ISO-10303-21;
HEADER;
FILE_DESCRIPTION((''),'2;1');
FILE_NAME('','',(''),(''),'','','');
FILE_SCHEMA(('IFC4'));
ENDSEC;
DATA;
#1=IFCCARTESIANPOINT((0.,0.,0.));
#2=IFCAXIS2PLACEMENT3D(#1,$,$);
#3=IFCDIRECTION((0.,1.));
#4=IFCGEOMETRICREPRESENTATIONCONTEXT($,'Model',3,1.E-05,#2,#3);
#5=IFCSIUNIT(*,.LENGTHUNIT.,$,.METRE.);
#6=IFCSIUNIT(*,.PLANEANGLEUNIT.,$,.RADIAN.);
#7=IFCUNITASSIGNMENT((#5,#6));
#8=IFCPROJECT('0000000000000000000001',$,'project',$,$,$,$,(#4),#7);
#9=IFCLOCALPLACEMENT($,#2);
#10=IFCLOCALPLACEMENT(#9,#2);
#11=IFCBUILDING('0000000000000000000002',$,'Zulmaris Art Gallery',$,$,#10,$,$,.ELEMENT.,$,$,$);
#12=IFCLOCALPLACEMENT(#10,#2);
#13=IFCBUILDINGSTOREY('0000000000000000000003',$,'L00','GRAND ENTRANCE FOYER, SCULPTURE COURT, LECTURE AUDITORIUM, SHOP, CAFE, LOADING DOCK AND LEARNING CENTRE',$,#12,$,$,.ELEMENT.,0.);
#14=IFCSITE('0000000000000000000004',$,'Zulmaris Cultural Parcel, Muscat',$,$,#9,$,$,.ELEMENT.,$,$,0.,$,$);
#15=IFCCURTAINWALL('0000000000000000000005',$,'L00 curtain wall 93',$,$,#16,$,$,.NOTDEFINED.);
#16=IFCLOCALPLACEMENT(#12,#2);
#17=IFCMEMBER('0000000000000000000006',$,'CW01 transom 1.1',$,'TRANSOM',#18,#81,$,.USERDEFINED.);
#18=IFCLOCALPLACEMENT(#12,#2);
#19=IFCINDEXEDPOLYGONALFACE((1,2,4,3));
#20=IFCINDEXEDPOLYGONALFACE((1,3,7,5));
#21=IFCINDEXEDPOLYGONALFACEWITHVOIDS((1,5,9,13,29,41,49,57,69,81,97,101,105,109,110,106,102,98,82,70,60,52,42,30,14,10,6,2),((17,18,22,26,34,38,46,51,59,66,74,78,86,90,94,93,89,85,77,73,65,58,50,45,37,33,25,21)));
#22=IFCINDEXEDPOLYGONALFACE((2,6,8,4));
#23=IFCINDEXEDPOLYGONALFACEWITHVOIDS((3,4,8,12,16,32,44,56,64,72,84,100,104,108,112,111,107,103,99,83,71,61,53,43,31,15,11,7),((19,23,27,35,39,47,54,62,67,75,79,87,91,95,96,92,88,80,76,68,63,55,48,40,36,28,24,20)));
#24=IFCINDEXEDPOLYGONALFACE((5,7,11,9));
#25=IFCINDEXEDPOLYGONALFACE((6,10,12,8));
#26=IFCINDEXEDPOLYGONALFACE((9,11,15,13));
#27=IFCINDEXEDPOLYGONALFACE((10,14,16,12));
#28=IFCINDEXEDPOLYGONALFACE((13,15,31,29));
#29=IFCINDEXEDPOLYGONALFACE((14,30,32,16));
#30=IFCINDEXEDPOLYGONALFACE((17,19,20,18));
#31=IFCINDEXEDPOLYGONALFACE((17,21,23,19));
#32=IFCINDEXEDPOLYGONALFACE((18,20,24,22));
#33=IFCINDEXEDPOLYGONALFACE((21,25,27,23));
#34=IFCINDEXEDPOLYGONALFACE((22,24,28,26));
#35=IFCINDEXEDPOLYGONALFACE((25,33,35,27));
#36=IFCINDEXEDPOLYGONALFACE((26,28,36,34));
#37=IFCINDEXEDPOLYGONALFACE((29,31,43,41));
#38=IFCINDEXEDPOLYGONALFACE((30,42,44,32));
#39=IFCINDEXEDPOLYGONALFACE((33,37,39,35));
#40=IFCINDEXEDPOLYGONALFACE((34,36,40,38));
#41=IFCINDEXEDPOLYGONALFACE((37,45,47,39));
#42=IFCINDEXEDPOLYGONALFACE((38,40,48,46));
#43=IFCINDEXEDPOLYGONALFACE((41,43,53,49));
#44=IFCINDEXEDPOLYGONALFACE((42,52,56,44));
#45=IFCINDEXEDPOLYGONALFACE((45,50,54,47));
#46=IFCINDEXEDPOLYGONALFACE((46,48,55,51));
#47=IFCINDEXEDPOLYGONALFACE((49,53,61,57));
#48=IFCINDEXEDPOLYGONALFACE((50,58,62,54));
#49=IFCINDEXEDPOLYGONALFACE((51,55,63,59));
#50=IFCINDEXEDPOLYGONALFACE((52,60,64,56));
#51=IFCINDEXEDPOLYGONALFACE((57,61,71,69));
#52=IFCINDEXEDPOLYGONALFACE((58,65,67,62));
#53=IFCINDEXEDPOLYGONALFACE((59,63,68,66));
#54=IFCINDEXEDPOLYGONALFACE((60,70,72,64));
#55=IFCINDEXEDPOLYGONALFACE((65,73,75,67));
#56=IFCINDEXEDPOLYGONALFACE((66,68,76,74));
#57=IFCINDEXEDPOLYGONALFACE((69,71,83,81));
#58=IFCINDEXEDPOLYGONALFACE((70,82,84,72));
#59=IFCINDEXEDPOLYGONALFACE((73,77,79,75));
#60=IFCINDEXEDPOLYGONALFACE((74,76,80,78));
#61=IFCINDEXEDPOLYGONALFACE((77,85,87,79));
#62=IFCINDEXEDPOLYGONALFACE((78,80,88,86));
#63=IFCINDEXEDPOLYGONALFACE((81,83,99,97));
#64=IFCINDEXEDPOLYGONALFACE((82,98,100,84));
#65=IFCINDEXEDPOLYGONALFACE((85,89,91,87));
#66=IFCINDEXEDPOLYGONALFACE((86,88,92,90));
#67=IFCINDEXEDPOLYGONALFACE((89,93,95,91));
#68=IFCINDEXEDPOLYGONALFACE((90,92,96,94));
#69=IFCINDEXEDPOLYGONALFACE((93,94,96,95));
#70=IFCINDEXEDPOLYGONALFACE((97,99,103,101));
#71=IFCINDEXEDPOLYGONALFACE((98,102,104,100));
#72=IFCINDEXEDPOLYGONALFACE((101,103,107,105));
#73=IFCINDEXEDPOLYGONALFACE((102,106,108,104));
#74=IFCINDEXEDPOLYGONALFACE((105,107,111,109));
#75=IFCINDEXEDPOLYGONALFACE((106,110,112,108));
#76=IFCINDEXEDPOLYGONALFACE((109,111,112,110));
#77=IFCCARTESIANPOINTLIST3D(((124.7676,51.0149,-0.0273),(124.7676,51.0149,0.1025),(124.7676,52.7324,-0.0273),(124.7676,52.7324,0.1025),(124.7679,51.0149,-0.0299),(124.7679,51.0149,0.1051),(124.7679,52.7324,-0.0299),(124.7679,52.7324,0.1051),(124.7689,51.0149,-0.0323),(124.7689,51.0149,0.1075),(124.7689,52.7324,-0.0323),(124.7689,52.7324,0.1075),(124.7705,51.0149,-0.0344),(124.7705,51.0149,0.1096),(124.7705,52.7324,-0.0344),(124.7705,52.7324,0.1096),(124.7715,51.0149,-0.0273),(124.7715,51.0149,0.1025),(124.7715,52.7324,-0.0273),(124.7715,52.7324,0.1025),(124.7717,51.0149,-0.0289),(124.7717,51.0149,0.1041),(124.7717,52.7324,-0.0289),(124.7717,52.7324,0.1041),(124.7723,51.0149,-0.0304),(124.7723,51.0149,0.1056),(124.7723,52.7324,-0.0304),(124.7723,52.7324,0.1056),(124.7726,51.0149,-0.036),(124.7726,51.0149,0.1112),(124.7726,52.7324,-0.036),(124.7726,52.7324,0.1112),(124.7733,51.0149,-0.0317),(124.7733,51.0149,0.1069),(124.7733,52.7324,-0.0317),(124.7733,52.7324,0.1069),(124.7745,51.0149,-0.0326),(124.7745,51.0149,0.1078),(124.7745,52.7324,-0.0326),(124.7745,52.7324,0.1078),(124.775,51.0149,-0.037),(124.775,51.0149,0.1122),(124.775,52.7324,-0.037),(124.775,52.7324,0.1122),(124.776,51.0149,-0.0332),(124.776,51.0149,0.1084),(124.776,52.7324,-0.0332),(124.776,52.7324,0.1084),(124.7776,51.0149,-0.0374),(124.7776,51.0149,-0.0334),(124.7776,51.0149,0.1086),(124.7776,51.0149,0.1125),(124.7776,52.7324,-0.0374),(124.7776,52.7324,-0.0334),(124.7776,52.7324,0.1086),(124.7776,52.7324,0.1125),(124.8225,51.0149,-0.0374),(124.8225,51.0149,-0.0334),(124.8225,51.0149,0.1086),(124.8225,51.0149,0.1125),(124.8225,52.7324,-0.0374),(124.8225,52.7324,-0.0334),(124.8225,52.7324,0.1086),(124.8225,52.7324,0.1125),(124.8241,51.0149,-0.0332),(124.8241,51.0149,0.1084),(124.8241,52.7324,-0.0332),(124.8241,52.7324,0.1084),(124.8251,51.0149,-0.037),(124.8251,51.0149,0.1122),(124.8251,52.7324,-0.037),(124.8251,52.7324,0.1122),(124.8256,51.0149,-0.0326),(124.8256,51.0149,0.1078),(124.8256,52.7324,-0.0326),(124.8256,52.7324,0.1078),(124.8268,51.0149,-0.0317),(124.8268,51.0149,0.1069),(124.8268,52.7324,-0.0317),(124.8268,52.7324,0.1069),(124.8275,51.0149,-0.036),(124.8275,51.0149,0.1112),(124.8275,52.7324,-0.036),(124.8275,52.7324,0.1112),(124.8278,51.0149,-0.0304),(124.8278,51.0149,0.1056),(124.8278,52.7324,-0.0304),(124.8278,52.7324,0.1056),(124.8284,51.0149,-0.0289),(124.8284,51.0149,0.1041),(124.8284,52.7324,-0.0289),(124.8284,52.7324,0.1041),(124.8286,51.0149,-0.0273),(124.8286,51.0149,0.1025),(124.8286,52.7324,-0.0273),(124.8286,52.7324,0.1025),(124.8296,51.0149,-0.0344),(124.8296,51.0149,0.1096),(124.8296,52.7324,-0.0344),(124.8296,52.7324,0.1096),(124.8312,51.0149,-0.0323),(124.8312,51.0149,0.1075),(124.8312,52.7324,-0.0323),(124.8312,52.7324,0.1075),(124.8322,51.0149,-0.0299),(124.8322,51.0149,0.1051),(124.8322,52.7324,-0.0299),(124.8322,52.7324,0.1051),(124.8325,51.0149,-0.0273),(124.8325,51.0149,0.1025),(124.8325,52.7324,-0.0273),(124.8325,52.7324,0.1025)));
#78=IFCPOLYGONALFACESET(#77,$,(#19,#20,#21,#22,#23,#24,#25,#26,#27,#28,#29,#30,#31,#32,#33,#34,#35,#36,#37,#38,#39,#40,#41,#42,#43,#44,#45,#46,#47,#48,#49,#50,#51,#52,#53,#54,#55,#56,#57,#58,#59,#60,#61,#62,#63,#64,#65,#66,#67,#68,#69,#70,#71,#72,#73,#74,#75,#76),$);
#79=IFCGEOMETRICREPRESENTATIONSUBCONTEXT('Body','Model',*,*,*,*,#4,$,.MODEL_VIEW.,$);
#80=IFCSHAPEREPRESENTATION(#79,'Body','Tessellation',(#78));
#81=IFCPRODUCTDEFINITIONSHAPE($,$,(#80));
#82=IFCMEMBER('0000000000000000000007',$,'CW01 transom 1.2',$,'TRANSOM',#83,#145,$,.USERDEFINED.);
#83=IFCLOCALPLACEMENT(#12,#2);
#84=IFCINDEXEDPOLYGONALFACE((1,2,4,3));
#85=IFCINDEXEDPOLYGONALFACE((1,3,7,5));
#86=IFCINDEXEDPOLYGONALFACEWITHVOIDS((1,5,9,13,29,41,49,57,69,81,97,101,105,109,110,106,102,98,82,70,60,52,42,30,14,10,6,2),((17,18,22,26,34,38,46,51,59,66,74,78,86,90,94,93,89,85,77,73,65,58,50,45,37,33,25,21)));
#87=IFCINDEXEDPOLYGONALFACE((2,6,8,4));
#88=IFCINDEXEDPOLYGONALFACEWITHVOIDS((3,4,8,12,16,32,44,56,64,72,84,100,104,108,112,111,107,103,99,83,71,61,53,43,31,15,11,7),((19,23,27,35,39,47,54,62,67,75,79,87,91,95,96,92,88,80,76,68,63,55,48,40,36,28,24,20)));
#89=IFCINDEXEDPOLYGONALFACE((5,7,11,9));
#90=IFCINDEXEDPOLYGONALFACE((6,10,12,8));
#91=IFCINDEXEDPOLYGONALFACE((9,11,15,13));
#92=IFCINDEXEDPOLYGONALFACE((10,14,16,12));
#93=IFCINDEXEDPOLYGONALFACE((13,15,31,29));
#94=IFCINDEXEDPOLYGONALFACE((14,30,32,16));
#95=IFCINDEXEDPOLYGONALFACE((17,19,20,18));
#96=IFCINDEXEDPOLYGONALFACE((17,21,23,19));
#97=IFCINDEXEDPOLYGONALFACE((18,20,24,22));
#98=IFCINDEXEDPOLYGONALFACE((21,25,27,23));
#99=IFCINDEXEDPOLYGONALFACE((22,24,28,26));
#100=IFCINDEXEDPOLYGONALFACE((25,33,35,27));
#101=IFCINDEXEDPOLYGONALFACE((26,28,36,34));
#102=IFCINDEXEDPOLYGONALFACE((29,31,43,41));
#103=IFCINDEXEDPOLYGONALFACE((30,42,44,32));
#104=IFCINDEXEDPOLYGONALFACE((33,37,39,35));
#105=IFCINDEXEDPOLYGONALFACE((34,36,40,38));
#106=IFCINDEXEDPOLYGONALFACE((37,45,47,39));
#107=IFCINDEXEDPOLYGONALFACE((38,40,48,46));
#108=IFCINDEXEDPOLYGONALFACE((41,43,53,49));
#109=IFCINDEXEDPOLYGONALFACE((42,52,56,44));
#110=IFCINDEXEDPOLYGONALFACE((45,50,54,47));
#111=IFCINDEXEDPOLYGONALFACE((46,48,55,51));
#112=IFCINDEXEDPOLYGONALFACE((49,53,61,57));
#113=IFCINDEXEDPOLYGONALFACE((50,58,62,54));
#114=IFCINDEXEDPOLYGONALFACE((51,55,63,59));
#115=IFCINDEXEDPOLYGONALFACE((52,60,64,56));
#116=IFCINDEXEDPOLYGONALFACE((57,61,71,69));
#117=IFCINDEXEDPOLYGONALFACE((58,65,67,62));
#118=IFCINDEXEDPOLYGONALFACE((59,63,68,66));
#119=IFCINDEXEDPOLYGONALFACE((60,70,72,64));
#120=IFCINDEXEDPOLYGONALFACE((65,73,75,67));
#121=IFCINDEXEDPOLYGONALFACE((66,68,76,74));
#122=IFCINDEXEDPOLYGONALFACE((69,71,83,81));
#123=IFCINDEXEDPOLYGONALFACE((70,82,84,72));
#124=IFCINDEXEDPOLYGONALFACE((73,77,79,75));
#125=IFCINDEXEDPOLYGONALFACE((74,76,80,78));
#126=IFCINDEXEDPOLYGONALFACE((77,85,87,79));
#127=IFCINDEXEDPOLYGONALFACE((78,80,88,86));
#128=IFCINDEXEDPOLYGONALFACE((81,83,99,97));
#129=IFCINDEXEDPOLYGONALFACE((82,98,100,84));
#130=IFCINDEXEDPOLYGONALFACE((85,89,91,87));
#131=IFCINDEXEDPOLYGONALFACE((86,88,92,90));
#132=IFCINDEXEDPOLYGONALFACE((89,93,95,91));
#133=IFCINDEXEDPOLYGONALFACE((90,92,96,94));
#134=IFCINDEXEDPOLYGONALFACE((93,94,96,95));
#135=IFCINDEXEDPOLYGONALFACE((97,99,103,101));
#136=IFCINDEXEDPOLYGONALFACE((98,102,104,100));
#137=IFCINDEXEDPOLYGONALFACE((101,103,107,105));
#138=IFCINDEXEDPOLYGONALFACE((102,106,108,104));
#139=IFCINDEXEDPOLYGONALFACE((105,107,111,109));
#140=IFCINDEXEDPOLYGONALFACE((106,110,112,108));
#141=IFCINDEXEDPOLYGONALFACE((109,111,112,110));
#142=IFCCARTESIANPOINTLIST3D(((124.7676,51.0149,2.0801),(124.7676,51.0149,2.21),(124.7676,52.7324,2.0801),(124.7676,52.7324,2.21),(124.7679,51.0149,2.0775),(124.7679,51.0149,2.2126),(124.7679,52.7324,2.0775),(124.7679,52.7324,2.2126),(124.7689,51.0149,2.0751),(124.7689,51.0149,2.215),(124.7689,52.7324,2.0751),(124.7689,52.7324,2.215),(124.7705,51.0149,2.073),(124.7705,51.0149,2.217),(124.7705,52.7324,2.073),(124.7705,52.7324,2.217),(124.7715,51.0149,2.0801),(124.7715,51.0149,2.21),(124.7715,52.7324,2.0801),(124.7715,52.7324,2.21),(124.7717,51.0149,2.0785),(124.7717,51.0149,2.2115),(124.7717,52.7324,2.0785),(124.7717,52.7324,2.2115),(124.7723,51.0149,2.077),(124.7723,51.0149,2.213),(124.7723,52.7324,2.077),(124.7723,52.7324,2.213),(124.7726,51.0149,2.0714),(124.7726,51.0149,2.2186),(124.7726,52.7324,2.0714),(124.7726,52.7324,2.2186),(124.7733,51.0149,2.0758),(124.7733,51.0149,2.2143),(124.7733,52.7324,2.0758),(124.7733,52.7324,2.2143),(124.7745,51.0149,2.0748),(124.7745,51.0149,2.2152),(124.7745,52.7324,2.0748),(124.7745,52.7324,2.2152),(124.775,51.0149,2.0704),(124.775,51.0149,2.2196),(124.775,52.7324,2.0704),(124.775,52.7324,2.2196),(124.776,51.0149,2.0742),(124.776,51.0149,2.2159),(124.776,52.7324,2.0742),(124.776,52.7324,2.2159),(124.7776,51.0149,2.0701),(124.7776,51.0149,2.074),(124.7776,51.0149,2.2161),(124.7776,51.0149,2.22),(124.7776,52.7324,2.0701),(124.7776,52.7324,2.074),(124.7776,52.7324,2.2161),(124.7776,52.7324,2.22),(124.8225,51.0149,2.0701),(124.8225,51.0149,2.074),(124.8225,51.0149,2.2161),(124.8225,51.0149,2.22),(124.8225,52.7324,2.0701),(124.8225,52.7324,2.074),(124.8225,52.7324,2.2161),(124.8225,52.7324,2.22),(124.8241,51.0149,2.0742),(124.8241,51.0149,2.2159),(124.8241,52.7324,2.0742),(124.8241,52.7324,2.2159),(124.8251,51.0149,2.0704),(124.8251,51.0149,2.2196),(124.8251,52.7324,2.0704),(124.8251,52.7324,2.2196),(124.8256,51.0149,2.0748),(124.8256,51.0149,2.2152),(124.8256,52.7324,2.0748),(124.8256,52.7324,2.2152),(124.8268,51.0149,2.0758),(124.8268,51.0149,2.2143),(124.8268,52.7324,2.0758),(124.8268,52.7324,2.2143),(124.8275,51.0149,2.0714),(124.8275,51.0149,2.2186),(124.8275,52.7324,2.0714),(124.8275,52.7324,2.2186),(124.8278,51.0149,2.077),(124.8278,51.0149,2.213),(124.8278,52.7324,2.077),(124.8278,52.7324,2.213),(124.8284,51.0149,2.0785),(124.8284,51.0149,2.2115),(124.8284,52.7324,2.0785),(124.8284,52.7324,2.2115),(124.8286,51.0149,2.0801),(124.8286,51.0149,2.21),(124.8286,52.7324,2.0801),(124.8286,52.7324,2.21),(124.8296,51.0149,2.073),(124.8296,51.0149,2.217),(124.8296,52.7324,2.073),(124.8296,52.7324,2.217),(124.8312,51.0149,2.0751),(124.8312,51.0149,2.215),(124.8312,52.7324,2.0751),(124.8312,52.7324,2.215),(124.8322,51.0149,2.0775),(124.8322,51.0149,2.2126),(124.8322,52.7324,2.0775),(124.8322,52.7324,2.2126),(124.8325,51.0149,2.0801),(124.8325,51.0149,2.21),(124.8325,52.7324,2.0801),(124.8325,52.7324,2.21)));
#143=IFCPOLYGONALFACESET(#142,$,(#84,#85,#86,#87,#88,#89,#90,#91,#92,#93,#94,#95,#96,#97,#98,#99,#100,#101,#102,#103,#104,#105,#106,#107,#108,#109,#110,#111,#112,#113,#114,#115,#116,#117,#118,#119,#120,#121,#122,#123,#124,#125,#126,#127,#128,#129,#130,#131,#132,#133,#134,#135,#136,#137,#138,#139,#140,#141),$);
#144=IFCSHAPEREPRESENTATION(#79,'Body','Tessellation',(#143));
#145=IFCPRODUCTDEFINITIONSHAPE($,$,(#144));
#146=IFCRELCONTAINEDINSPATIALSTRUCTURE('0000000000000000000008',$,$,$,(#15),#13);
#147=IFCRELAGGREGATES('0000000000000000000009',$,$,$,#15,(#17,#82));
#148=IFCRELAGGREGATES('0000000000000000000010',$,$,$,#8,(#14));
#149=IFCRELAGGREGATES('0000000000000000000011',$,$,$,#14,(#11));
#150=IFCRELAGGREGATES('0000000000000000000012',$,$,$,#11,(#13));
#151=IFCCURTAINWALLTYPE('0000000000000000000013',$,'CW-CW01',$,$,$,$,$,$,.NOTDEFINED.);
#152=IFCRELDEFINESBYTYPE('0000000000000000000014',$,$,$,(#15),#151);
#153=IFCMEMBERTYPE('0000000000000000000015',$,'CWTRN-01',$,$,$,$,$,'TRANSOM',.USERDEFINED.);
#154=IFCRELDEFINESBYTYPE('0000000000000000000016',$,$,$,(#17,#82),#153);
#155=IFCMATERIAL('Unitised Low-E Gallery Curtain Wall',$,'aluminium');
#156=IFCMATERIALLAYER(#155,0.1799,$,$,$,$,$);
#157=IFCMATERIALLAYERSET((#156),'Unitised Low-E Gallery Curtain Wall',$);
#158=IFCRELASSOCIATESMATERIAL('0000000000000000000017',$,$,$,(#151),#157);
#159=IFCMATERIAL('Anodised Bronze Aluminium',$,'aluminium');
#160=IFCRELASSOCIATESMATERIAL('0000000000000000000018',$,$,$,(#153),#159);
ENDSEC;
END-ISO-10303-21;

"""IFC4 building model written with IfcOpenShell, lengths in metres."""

from ifc_helpers import new_model, si_unit, direction, frame, origin, origin_2d, place, context, subcontext, project, spatial, hollow_rectangle, extrude, material, layer, layer_set, material_profile, profile_set, type_object, element, aggregate, save


model = new_model("IFC4")

# Units and contexts
model_context = context("Model", 3, precision=1e-05, world=origin(), true_north=direction((0.0, 1.0)))
body_context = subcontext(model_context, "Body", "Model", "MODEL_VIEW")
ifc_project = project(units=[si_unit("LENGTHUNIT", "METRE"), si_unit("PLANEANGLEUNIT", "RADIAN")], contexts=[model_context])

# Site, building, storey
site_placement = place(None, origin())
site = spatial("IfcSite", under=ifc_project, at=site_placement, Name="Zulmaris Cultural Parcel, Muscat", CompositionType="ELEMENT", RefElevation=0.0)
building_placement = place(site_placement, origin())
building = spatial("IfcBuilding", under=site, at=building_placement, Name="Zulmaris Art Gallery", CompositionType="ELEMENT")
storey_placement = place(building_placement, origin())
storey = spatial("IfcBuildingStorey", under=building, at=storey_placement, Name="L00", Description="GRAND ENTRANCE FOYER, SCULPTURE COURT, LECTURE AUDITORIUM, SHOP, CAFE, LOADING DOCK AND LEARNING CENTRE", CompositionType="ELEMENT", Elevation=0.0)

# Shared definitions
ifc_material_1 = material(Name="Unitised Low-E Gallery Curtain Wall", Category="aluminium")
ifc_layer_1 = layer(ifc_material_1, 0.1799)
ifc_layer_set_1 = layer_set([ifc_layer_1], Name="Unitised Low-E Gallery Curtain Wall")
curtain_wall_type = type_object("IfcCurtainWallType", Name="CW-CW01", PredefinedType="NOTDEFINED", material=ifc_layer_set_1)
ifc_material_2 = material(Name="Anodised Bronze Aluminium", Category="aluminium")

# Curtain wall, members
curtain_wall_1_placement = place(storey_placement, origin())
curtain_wall_1 = element("IfcCurtainWall", 1, at=curtain_wall_1_placement, inside=storey, type_object=curtain_wall_type, Name="L00 curtain wall 93", PredefinedType="NOTDEFINED")
ifc_material_profile_1 = material_profile(ifc_material_2, hollow_rectangle(XDim=0.0649, YDim=0.1499, WallThickness=0.0039, InnerFilletRadius=0.0061, OuterFilletRadius=0.01, at=origin_2d()), Name="ALU 65x150x4")
ifc_profile_set_1 = profile_set([ifc_material_profile_1], Name="Anodised Bronze Aluminium")
member_type_1 = type_object("IfcMemberType", Name="CWTRN-01", ElementType="TRANSOM", PredefinedType="USERDEFINED", material=ifc_profile_set_1)
member_1_placement = place(storey_placement, frame((124.8, 51.0149, 0.0376), z_axis=(0.0, 1.0, 0.0), x_axis=(-1.0, 0.0, 0.0)))
member_1 = element("IfcMember", 2, at=member_1_placement, type_object=member_type_1, Name="CW01 transom 1.1", ObjectType="TRANSOM", PredefinedType="USERDEFINED", context=body_context, shape_type="SweptSolid", body=[
    extrude(hollow_rectangle(XDim=0.0649, YDim=0.1499, WallThickness=0.0039, InnerFilletRadius=0.0061, OuterFilletRadius=0.01, at=origin_2d()), origin(), (0.0, 0.0, 1.0), 1.7175),
])
member_2_placement = place(storey_placement, frame((124.8, 51.0149, 2.145), z_axis=(0.0, 1.0, 0.0), x_axis=(-1.0, 0.0, 0.0)))
member_2 = element("IfcMember", 3, at=member_2_placement, type_object=member_type_1, Name="CW01 transom 1.2", ObjectType="TRANSOM", PredefinedType="USERDEFINED", context=body_context, shape_type="SweptSolid", body=[
    extrude(hollow_rectangle(XDim=0.0649, YDim=0.1499, WallThickness=0.0039, InnerFilletRadius=0.0061, OuterFilletRadius=0.01, at=origin_2d()), origin(), (0.0, 0.0, 1.0), 1.7175),
])

aggregate(curtain_wall_1, [member_1, member_2])

save(model, "model.ifc")
